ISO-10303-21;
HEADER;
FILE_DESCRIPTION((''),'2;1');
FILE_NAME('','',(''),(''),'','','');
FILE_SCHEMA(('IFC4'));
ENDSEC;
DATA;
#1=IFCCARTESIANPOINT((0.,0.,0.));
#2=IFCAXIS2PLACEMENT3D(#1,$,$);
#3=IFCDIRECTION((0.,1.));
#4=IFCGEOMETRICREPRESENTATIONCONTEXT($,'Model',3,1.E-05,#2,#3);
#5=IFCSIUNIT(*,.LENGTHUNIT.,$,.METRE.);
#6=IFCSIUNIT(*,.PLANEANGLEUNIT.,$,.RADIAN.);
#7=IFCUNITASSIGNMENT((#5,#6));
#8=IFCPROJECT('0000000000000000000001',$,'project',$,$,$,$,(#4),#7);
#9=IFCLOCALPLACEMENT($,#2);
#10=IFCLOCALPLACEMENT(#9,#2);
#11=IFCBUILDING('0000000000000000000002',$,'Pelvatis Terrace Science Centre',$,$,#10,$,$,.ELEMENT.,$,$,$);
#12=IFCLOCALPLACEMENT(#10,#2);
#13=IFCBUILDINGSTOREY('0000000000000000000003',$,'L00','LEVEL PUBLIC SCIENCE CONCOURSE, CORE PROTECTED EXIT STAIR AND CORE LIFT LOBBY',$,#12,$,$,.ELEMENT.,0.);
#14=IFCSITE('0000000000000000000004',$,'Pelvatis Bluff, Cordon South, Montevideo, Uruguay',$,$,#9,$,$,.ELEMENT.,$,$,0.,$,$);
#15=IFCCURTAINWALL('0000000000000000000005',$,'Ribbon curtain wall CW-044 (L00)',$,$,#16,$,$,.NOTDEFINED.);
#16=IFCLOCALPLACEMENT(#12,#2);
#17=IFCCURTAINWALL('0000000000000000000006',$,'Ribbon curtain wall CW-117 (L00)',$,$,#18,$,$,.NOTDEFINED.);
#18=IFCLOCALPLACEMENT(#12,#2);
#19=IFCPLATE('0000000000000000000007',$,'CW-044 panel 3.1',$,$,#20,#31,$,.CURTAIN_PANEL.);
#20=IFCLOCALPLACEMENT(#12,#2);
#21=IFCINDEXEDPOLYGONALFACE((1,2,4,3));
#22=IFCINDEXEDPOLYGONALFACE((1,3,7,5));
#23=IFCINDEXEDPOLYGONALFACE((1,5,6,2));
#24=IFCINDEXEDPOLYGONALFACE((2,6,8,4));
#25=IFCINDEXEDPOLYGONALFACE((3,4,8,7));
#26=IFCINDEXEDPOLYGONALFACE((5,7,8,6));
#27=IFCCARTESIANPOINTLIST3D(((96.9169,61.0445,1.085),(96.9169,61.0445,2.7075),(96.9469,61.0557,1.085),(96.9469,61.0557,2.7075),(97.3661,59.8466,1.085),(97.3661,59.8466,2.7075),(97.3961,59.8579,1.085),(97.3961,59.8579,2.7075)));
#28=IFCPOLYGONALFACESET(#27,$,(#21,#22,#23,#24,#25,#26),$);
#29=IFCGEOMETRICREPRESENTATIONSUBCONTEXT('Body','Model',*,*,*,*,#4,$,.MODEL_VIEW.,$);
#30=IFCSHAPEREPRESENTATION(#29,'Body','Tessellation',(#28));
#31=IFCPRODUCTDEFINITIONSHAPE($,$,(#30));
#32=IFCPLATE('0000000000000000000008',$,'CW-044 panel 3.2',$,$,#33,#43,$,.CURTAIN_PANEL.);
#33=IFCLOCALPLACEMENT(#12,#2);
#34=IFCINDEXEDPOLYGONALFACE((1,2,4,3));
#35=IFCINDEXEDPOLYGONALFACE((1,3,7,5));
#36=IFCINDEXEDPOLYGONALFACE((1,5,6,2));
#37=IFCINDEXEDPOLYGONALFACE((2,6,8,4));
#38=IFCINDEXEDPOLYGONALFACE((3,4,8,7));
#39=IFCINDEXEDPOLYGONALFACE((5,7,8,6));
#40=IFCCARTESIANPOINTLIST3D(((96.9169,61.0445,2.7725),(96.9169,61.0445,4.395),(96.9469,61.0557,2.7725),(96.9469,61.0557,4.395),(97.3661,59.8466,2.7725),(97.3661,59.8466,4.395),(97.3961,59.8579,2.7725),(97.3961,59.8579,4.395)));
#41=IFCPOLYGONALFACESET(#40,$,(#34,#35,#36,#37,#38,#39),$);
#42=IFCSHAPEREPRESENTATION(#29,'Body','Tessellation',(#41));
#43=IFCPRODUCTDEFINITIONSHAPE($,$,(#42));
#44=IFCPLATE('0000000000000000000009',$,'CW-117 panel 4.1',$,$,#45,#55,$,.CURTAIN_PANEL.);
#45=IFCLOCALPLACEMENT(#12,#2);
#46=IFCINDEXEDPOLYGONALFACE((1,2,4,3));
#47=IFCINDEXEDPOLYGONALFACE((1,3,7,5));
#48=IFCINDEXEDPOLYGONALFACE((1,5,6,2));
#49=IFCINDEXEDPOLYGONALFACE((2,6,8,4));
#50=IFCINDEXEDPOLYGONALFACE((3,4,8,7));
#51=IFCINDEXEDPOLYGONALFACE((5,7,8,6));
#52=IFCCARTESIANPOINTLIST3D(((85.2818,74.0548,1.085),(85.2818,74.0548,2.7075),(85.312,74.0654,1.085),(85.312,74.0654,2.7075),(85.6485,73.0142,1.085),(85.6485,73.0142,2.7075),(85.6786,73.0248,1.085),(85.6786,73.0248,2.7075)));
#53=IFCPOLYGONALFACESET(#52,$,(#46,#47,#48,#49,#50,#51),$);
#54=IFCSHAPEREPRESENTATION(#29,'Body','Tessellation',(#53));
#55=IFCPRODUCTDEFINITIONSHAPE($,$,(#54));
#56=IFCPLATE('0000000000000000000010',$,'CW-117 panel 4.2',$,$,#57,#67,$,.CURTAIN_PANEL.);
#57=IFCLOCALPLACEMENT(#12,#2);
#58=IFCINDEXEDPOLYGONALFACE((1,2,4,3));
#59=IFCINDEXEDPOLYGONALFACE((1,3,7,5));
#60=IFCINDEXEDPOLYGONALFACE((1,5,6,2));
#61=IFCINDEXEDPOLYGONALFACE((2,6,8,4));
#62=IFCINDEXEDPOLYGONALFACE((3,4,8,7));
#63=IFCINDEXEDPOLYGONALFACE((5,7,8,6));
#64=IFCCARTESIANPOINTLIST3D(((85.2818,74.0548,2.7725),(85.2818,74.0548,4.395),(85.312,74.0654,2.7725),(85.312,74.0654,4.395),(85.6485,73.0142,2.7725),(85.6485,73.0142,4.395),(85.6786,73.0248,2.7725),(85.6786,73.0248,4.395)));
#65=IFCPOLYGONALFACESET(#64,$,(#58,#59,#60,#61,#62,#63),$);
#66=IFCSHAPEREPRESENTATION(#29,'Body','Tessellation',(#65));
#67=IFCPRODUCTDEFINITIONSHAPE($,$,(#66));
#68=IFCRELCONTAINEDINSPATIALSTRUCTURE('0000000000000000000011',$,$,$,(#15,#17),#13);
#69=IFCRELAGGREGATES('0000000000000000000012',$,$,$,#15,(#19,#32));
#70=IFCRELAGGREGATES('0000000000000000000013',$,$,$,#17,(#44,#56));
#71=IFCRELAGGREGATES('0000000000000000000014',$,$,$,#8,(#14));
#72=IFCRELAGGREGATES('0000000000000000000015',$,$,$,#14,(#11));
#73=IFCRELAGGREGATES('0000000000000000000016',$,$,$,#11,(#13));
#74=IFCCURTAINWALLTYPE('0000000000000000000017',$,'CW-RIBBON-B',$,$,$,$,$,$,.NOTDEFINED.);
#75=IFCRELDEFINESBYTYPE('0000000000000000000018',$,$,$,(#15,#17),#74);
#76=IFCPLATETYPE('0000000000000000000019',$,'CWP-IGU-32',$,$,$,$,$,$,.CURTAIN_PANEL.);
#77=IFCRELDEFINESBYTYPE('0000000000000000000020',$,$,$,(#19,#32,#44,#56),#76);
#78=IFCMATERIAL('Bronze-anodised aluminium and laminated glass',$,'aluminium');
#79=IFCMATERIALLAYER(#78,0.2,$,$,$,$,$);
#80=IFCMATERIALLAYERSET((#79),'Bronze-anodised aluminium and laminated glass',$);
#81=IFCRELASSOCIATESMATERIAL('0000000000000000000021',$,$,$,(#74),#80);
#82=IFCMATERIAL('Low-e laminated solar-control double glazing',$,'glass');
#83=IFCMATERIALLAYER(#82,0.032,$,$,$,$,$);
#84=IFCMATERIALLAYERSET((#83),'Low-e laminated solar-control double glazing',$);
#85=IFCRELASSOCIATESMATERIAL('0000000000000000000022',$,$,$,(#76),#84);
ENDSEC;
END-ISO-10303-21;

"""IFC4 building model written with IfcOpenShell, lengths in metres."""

from ifc_helpers import new_model, si_unit, direction, frame, origin, origin_2d, place, context, subcontext, project, spatial, rectangle, extrude, material, layer, layer_set, type_object, element, aggregate, save


model = new_model("IFC4")

# Units and contexts
model_context = context("Model", 3, precision=1e-05, world=origin(), true_north=direction((0.0, 1.0)))
body_context = subcontext(model_context, "Body", "Model", "MODEL_VIEW")
ifc_project = project(units=[si_unit("LENGTHUNIT", "METRE"), si_unit("PLANEANGLEUNIT", "RADIAN")], contexts=[model_context])

# Site, building, storey
site_placement = place(None, origin())
site = spatial("IfcSite", under=ifc_project, at=site_placement, Name="Pelvatis Bluff, Cordon South, Montevideo, Uruguay", CompositionType="ELEMENT", RefElevation=0.0)
building_placement = place(site_placement, origin())
building = spatial("IfcBuilding", under=site, at=building_placement, Name="Pelvatis Terrace Science Centre", CompositionType="ELEMENT")
storey_placement = place(building_placement, origin())
storey = spatial("IfcBuildingStorey", under=building, at=storey_placement, Name="L00", Description="LEVEL PUBLIC SCIENCE CONCOURSE, CORE PROTECTED EXIT STAIR AND CORE LIFT LOBBY", CompositionType="ELEMENT", Elevation=0.0)

# Curtain wall
ifc_material_1 = material(Name="Bronze-anodised aluminium and laminated glass", Category="aluminium")
ifc_layer_1 = layer(ifc_material_1, 0.2)
ifc_layer_set_1 = layer_set([ifc_layer_1], Name="Bronze-anodised aluminium and laminated glass")
curtain_wall_type = type_object("IfcCurtainWallType", Name="CW-RIBBON-B", PredefinedType="NOTDEFINED", material=ifc_layer_set_1)
curtain_wall_1_placement = place(storey_placement, origin())
curtain_wall_1 = element("IfcCurtainWall", 1, at=curtain_wall_1_placement, inside=storey, type_object=curtain_wall_type, Name="Ribbon curtain wall CW-044 (L00)", PredefinedType="NOTDEFINED")

# Curtain wall
curtain_wall_2_placement = place(storey_placement, origin())
curtain_wall_2 = element("IfcCurtainWall", 2, at=curtain_wall_2_placement, inside=storey, type_object=curtain_wall_type, Name="Ribbon curtain wall CW-117 (L00)", PredefinedType="NOTDEFINED")

# Plates
ifc_material_2 = material(Name="Low-e laminated solar-control double glazing", Category="glass")
ifc_layer_2 = layer(ifc_material_2, 0.032)
ifc_layer_set_2 = layer_set([ifc_layer_2], Name="Low-e laminated solar-control double glazing")
plate_type = type_object("IfcPlateType", Name="CWP-IGU-32", PredefinedType="CURTAIN_PANEL", material=ifc_layer_set_2)
plate_1_placement = place(storey_placement, frame((97.1565, 60.4512, 1.085), z_axis=(0.0, 0.0, 1.0), x_axis=(-0.351153, 0.936318, 0.0)))
plate_1 = element("IfcPlate", 3, at=plate_1_placement, type_object=plate_type, Name="CW-044 panel 3.1", PredefinedType="CURTAIN_PANEL", context=body_context, shape_type="SweptSolid", body=[
    extrude(rectangle(XDim=1.2793, YDim=0.032, at=origin_2d()), origin(), (0.0, 0.0, 1.0), 1.6226),
])
plate_2_placement = place(storey_placement, frame((97.1565, 60.4512, 2.7725), z_axis=(0.0, 0.0, 1.0), x_axis=(-0.351153, 0.936318, 0.0)))
plate_2 = element("IfcPlate", 4, at=plate_2_placement, type_object=plate_type, Name="CW-044 panel 3.2", PredefinedType="CURTAIN_PANEL", context=body_context, shape_type="SweptSolid", body=[
    extrude(rectangle(XDim=1.2793, YDim=0.032, at=origin_2d()), origin(), (0.0, 0.0, 1.0), 1.6226),
])
aggregate(curtain_wall_1, [plate_1, plate_2])
plate_3_placement = place(storey_placement, frame((85.4802, 73.5398, 1.085), z_axis=(0.0, 0.0, 1.0), x_axis=(0.332308, -0.943171, 0.0)))
plate_3 = element("IfcPlate", 5, at=plate_3_placement, type_object=plate_type, Name="CW-117 panel 4.1", PredefinedType="CURTAIN_PANEL", context=body_context, shape_type="SweptSolid", body=[
    extrude(rectangle(XDim=1.1033, YDim=0.032, at=origin_2d()), origin(), (0.0, 0.0, 1.0), 1.6226),
])
plate_4_placement = place(storey_placement, frame((85.4802, 73.5398, 2.7725), z_axis=(0.0, 0.0, 1.0), x_axis=(0.332308, -0.943171, 0.0)))
plate_4 = element("IfcPlate", 6, at=plate_4_placement, type_object=plate_type, Name="CW-117 panel 4.2", PredefinedType="CURTAIN_PANEL", context=body_context, shape_type="SweptSolid", body=[
    extrude(rectangle(XDim=1.1033, YDim=0.032, at=origin_2d()), origin(), (0.0, 0.0, 1.0), 1.6226),
])
aggregate(curtain_wall_2, [plate_3, plate_4])

save(model, "model.ifc")
